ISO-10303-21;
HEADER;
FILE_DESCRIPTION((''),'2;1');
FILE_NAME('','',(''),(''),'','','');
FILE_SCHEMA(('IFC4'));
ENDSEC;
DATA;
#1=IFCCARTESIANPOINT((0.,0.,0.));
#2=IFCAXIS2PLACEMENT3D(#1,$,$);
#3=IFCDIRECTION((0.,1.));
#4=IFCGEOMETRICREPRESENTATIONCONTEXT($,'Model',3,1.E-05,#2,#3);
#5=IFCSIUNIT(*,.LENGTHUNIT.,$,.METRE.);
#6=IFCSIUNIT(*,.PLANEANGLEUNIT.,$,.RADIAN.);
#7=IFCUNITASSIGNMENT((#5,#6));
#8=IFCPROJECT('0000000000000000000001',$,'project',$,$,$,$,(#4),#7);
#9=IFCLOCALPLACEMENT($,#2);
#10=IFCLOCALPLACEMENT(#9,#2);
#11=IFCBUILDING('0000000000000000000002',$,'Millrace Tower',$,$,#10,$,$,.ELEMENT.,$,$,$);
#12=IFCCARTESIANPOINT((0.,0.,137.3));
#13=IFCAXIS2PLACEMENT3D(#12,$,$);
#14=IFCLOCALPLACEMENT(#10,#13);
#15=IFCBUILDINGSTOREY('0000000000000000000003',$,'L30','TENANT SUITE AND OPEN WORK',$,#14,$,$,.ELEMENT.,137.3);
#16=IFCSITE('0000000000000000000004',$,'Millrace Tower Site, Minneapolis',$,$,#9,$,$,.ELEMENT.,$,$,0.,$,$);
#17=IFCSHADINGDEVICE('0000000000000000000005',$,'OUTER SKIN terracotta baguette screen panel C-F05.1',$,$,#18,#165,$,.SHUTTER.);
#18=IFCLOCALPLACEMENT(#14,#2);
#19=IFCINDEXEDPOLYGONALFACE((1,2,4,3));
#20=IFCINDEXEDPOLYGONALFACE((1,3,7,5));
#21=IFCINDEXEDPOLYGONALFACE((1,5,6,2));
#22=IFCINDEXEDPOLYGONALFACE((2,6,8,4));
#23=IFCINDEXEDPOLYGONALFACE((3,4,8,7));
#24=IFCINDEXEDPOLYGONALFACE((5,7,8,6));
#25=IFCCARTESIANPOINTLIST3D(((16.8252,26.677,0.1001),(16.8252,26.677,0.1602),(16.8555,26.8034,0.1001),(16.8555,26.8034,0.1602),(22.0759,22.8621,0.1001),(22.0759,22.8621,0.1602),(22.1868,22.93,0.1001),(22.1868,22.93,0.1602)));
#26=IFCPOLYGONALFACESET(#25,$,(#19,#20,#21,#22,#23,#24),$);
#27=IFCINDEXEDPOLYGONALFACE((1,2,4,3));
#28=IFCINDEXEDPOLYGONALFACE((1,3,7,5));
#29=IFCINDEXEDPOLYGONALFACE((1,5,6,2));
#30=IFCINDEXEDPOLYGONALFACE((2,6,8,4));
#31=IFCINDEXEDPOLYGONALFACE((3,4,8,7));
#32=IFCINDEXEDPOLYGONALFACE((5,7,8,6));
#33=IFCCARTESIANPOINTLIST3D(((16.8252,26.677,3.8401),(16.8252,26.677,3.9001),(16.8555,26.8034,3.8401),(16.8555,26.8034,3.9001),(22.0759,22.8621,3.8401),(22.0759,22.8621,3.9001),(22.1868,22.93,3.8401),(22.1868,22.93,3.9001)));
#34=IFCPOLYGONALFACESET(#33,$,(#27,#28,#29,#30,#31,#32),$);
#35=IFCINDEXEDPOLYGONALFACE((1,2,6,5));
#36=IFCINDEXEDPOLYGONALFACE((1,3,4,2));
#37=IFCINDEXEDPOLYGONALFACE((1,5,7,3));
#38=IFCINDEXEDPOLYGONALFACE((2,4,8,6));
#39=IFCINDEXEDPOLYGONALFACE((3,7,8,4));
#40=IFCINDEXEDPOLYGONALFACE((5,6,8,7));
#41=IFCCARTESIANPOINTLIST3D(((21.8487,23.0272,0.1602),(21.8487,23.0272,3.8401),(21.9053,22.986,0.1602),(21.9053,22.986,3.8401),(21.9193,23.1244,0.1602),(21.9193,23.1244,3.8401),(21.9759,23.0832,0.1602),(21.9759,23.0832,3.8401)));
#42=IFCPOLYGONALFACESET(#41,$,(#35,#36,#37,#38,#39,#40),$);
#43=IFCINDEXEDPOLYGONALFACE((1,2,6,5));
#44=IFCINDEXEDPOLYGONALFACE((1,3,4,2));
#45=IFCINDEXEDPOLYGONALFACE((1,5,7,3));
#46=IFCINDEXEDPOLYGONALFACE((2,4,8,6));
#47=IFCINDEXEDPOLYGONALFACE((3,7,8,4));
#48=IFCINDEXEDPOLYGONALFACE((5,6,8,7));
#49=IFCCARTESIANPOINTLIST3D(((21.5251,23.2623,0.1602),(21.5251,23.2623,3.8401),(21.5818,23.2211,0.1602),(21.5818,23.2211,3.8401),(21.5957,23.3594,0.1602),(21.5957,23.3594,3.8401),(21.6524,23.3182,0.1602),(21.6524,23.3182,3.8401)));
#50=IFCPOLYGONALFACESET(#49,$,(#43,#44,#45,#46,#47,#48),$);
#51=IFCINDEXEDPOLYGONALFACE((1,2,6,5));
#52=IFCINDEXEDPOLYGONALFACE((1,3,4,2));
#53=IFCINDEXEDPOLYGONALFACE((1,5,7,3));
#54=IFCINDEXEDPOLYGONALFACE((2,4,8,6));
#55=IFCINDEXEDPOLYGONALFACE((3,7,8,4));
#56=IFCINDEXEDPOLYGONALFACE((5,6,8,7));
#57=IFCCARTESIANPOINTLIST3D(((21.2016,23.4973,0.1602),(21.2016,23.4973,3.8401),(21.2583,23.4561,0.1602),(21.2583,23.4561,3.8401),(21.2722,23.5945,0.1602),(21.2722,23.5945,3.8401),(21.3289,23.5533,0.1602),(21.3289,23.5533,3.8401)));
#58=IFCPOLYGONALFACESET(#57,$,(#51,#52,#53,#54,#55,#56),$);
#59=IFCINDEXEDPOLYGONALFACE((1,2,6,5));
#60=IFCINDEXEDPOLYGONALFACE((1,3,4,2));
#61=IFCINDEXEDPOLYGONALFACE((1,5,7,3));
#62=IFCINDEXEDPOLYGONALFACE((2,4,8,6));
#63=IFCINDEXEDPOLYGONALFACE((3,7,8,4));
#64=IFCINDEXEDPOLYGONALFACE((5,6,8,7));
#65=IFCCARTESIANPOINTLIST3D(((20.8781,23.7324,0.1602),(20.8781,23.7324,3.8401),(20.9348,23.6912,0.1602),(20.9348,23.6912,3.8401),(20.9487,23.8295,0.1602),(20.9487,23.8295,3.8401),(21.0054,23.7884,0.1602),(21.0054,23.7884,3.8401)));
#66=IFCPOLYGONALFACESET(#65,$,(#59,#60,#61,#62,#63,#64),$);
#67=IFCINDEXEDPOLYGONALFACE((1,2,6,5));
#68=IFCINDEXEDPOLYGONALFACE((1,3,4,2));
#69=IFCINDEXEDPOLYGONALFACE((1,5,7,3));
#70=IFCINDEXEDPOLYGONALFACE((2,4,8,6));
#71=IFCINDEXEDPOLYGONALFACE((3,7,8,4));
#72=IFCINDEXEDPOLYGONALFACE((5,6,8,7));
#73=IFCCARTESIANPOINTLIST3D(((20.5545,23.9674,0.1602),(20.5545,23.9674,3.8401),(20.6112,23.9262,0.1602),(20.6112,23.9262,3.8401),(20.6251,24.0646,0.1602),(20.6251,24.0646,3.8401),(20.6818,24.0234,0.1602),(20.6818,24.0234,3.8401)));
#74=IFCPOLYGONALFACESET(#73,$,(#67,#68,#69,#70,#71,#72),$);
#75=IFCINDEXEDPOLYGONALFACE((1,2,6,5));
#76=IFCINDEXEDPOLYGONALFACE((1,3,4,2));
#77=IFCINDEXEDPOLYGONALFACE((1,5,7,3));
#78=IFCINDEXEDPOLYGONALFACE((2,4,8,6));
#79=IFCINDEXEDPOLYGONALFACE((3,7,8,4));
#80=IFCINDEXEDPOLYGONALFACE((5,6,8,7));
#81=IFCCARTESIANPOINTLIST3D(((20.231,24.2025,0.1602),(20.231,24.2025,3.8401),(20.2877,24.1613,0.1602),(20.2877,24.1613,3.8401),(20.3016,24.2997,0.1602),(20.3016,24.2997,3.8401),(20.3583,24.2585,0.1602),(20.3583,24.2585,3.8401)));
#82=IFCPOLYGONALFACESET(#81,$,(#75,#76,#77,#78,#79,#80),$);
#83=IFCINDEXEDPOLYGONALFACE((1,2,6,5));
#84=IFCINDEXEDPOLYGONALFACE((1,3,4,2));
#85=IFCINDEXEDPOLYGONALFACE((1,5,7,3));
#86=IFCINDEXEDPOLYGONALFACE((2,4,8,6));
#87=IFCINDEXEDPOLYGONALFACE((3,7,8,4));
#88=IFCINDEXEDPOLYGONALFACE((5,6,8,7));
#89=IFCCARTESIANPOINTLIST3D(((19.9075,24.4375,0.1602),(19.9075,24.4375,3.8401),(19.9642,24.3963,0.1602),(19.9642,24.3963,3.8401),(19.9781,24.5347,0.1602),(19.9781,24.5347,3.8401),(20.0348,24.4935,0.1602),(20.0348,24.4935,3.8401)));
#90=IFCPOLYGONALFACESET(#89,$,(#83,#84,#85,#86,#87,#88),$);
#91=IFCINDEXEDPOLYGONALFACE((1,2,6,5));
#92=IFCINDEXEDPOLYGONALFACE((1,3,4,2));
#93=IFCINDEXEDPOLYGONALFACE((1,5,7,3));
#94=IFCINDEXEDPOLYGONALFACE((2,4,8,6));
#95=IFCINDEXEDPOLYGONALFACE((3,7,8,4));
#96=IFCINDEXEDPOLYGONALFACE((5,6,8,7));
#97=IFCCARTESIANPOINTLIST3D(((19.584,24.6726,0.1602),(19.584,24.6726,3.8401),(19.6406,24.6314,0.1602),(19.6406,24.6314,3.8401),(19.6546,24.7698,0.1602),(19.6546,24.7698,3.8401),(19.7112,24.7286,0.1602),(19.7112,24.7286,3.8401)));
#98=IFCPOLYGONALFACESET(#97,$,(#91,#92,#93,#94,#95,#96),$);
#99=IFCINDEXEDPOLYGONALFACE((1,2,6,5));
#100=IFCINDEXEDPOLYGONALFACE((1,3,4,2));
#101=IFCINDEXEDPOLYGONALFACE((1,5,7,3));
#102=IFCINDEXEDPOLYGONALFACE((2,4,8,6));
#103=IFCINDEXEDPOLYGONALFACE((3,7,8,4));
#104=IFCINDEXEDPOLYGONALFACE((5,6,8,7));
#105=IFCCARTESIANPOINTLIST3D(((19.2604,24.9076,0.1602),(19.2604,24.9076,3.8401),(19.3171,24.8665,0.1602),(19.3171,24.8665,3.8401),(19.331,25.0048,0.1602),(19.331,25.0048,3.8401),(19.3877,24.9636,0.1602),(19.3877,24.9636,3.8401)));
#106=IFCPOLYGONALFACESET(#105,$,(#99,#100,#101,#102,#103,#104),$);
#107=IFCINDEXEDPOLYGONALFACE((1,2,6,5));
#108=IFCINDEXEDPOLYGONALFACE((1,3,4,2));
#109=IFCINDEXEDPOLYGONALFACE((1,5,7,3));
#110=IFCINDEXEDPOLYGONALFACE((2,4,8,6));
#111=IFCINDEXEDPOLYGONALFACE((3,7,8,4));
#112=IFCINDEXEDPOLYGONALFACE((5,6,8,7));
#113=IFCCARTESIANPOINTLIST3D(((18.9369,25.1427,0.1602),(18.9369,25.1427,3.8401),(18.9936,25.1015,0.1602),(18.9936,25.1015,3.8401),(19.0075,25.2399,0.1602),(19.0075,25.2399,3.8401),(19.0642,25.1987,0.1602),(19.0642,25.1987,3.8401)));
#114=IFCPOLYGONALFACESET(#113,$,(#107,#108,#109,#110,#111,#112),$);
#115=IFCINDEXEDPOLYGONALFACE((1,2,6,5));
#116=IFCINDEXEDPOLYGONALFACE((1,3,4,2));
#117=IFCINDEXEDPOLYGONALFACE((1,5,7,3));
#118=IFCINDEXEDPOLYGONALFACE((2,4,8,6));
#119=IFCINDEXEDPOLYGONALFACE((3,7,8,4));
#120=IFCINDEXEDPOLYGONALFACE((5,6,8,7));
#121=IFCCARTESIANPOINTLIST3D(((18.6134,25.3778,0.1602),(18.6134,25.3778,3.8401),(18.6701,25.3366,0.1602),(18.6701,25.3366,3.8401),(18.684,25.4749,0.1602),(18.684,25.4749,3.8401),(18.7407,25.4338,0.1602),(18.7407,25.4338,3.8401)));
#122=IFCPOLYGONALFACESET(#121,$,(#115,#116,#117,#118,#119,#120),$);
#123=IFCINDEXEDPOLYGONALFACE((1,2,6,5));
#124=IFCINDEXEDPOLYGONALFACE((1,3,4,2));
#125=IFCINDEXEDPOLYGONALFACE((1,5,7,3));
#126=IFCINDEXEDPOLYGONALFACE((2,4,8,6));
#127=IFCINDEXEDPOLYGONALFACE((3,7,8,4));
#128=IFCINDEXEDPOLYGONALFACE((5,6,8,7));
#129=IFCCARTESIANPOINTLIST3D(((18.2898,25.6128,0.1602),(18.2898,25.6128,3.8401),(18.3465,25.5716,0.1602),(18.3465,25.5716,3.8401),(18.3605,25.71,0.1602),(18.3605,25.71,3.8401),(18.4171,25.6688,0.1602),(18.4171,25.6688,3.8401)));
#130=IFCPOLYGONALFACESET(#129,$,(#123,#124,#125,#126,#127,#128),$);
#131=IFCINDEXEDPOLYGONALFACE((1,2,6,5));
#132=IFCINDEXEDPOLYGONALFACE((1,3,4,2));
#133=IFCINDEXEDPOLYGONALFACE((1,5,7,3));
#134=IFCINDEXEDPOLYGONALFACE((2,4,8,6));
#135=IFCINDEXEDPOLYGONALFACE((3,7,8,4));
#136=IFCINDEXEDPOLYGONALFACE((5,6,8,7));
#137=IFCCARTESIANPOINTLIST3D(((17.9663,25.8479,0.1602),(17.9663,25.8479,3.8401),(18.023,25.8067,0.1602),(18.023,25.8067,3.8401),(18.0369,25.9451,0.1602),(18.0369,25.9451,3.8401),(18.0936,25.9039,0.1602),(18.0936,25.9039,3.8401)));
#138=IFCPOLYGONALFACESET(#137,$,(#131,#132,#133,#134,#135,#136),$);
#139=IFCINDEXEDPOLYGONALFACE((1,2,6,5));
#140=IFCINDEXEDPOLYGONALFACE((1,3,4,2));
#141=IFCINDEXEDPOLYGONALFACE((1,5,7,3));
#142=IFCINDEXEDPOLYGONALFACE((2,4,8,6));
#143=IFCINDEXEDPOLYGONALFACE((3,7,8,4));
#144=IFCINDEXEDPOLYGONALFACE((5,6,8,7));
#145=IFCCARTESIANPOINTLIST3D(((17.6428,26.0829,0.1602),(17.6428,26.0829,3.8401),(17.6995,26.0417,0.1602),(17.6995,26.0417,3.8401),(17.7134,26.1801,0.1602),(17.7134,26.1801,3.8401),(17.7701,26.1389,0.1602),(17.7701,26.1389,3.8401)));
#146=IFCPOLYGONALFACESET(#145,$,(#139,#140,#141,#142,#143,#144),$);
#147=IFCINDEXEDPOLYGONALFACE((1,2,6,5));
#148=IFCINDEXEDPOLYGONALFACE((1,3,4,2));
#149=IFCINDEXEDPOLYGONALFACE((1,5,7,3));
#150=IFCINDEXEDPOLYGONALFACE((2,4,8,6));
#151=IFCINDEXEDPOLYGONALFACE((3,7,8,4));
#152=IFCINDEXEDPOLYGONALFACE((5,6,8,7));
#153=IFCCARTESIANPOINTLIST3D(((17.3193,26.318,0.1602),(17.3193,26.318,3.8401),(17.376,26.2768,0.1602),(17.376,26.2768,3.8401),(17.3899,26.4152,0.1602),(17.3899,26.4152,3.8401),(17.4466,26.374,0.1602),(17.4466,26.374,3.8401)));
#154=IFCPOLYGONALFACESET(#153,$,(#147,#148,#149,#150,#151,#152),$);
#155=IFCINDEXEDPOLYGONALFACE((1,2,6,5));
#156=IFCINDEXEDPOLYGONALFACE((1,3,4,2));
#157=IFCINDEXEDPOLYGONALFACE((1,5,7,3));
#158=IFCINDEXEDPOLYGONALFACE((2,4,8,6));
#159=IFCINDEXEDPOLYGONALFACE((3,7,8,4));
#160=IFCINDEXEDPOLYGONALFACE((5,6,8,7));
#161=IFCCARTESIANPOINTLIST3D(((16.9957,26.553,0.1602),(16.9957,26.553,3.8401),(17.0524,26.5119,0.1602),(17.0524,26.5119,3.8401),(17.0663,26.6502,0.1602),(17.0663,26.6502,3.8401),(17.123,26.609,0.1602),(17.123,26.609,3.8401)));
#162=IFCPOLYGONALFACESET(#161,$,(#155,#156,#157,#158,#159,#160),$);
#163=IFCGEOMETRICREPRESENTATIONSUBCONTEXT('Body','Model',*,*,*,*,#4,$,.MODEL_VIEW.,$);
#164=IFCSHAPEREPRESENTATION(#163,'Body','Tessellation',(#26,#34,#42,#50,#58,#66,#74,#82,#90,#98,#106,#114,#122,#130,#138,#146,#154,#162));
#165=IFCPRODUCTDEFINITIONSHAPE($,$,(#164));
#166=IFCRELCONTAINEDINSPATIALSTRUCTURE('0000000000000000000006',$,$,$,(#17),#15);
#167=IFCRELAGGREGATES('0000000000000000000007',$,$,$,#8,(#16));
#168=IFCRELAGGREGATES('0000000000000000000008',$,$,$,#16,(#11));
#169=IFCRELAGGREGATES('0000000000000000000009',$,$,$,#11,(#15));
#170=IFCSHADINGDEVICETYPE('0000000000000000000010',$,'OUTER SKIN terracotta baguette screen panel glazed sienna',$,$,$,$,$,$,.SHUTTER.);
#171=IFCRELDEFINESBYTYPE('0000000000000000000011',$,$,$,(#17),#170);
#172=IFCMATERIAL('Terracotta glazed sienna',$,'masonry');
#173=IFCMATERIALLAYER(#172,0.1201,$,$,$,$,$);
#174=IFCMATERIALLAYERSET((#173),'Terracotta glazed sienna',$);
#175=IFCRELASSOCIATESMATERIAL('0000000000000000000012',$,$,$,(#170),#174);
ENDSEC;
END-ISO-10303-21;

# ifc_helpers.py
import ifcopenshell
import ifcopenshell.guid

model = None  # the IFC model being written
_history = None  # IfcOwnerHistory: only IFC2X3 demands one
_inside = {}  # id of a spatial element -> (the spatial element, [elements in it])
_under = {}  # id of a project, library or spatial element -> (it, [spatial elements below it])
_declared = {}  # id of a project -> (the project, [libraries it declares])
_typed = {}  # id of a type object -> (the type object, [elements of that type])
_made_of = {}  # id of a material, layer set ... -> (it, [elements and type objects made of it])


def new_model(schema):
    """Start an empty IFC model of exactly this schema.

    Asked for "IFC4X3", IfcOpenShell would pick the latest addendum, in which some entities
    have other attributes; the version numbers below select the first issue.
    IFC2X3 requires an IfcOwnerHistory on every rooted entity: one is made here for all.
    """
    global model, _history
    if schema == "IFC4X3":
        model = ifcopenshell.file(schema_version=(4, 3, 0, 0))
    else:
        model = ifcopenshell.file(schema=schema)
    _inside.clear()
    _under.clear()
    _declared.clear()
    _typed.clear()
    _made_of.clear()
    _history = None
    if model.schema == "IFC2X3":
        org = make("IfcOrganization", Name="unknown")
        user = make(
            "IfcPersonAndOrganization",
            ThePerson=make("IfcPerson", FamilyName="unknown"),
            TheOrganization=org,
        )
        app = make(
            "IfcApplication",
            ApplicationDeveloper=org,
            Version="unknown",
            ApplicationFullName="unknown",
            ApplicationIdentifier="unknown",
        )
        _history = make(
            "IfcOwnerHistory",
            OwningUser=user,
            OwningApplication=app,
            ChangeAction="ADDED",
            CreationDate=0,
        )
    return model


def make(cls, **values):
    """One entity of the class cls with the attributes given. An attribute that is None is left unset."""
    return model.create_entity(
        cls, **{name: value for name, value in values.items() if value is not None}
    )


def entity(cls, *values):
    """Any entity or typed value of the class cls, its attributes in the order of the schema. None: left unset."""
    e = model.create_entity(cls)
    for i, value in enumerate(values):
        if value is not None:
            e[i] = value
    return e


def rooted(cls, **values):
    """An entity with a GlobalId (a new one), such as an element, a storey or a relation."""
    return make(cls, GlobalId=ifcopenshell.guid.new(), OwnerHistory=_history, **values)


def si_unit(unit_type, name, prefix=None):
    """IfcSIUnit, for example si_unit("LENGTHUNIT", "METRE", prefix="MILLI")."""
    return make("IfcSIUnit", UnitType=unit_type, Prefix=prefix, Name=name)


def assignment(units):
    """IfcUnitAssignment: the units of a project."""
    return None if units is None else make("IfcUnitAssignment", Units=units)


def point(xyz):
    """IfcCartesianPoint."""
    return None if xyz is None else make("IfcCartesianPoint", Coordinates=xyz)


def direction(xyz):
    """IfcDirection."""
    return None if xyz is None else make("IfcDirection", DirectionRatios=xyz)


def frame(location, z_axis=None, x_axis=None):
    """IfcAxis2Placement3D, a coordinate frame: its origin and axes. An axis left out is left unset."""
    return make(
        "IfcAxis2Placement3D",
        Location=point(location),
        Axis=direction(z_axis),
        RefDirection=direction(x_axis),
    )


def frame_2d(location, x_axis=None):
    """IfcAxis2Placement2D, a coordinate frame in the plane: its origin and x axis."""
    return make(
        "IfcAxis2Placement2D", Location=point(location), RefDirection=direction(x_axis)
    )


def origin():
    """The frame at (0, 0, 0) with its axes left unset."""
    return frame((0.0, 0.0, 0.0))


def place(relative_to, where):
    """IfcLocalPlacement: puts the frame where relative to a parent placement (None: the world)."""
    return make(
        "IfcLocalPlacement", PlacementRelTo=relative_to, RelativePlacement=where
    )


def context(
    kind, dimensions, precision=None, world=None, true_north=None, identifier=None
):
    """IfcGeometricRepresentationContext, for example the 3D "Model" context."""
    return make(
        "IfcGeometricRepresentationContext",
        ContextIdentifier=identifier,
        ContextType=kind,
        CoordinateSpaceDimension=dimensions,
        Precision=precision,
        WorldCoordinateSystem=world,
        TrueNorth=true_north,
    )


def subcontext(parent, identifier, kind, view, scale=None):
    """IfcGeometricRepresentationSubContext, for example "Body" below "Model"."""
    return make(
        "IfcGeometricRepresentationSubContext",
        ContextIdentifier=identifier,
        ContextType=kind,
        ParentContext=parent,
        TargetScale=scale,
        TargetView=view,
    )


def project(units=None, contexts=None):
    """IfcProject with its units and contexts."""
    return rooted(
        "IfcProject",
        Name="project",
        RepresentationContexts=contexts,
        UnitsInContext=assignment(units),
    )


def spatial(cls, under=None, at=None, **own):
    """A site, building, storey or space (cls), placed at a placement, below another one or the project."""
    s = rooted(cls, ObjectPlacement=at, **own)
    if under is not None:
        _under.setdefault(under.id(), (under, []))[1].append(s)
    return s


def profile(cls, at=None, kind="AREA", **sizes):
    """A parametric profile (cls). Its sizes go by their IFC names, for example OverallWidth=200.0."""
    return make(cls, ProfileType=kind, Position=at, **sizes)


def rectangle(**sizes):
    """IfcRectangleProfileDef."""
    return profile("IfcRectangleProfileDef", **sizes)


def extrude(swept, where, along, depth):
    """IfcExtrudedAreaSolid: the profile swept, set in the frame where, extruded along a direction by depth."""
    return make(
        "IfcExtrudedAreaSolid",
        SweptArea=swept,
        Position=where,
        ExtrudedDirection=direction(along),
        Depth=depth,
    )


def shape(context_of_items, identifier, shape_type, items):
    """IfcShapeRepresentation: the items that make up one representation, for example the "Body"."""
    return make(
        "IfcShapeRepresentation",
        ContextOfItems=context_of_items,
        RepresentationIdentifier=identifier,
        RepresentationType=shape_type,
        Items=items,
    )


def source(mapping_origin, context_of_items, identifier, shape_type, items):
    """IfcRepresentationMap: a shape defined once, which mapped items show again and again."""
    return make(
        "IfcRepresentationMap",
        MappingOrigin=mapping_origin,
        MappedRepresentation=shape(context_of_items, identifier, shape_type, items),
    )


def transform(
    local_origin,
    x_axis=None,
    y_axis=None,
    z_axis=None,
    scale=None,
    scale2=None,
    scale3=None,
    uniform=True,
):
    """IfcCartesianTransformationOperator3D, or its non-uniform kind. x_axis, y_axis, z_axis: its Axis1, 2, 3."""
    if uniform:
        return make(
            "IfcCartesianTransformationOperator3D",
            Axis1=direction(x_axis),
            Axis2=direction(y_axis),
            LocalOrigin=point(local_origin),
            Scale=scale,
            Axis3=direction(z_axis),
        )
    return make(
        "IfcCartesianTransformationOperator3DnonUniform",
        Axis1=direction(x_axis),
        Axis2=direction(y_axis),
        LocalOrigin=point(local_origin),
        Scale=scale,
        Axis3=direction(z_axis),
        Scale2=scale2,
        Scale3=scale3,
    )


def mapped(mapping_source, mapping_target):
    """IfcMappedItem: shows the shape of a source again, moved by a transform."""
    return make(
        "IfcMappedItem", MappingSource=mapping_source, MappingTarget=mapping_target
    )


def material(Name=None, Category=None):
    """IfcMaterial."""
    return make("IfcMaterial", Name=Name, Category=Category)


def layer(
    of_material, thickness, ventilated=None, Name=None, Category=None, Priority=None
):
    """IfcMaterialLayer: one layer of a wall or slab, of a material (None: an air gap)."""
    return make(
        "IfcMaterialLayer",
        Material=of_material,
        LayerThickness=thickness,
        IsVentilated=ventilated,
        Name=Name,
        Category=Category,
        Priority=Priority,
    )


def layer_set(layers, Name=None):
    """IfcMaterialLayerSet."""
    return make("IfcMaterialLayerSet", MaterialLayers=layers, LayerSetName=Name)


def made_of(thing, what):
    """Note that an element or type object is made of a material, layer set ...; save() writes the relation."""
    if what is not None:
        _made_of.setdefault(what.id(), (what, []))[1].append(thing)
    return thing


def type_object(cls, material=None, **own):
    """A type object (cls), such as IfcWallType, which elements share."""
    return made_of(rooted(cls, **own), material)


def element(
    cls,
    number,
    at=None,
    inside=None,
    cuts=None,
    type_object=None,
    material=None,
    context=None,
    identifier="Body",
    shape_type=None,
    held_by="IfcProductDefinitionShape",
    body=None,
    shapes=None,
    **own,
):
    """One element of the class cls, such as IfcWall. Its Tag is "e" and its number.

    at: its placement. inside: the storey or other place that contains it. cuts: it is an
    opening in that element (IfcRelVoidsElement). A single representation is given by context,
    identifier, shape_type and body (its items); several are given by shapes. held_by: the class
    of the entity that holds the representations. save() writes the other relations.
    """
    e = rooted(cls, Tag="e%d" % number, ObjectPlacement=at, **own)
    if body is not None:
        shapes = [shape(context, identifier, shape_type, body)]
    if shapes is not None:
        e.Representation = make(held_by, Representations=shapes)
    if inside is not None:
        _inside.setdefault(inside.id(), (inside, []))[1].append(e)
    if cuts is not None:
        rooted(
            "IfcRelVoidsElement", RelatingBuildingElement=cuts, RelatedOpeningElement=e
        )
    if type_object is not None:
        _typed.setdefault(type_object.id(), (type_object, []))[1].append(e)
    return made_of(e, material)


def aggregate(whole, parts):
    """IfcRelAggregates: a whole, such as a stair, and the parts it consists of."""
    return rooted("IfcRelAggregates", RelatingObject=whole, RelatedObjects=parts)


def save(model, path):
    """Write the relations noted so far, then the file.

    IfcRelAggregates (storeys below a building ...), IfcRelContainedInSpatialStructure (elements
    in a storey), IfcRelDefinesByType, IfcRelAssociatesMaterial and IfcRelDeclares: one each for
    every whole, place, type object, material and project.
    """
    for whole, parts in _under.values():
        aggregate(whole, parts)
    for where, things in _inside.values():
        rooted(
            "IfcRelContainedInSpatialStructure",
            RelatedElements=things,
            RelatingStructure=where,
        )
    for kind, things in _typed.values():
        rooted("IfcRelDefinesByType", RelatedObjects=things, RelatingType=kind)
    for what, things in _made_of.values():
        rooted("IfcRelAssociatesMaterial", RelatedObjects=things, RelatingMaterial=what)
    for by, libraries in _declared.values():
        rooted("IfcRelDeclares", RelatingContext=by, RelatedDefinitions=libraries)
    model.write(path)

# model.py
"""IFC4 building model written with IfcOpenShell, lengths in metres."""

from ifc_helpers import new_model, entity, si_unit, direction, frame, frame_2d, origin, place, context, subcontext, project, spatial, rectangle, extrude, source, transform, mapped, material, layer, layer_set, type_object, element, save


model = new_model("IFC4")

# Units and contexts
model_context = context("Model", 3, precision=1e-05, world=origin(), true_north=direction((0.0, 1.0)))
body_context = subcontext(model_context, "Body", "Model", "MODEL_VIEW")
ifc_project = project(units=[si_unit("LENGTHUNIT", "METRE"), si_unit("PLANEANGLEUNIT", "RADIAN")], contexts=[model_context])

# Site, building, storey
site_placement = place(None, origin())
site = spatial("IfcSite", under=ifc_project, at=site_placement, Name="Millrace Tower Site, Minneapolis", CompositionType="ELEMENT", RefElevation=0.0)
building_placement = place(site_placement, origin())
building = spatial("IfcBuilding", under=site, at=building_placement, Name="Millrace Tower", CompositionType="ELEMENT")
storey_placement = place(building_placement, frame((0.0, 0.0, 137.3)))
storey = spatial("IfcBuildingStorey", under=building, at=storey_placement, Name="L30", Description="TENANT SUITE AND OPEN WORK", CompositionType="ELEMENT", Elevation=137.3)

# Shading device
ifc_material_1 = material(Name="Terracotta glazed sienna", Category="masonry")
ifc_layer_1 = layer(ifc_material_1, 0.1201)
ifc_layer_set_1 = layer_set([ifc_layer_1], Name="Terracotta glazed sienna")
shading_device_type = type_object("IfcShadingDeviceType", Name="OUTER SKIN terracotta baguette screen panel glazed sienna", PredefinedType="SHUTTER", material=ifc_layer_set_1)
cartesian_point_1 = entity("IfcCartesianPoint", [-3.2451, 0.0601])
shared_polyline_1 = entity("IfcPolyline", [cartesian_point_1, entity("IfcCartesianPoint", [3.2451, 0.0601]), entity("IfcCartesianPoint", [3.2949, -0.0601]), entity("IfcCartesianPoint", [-3.2949, -0.0601]), cartesian_point_1])
shared_shape_1 = source(origin(), body_context, "Body", "SweptSolid", [
    entity("IfcExtrudedAreaSolid", entity("IfcArbitraryClosedProfileDef", "AREA", None, shared_polyline_1), entity("IfcAxis2Placement3D", entity("IfcCartesianPoint", [0.0, 0.0, 0.0])), entity("IfcDirection", [0.0, 0.0, 1.0]), 0.0601),
    entity("IfcExtrudedAreaSolid", entity("IfcArbitraryClosedProfileDef", "AREA", None, shared_polyline_1), entity("IfcAxis2Placement3D", entity("IfcCartesianPoint", [0.0, 0.0, 3.74])), entity("IfcDirection", [0.0, 0.0, 1.0]), 0.0601),
    extrude(rectangle(XDim=0.0701, YDim=0.1201, at=frame_2d((-2.9993, 0.0))), frame((0.0, 0.0, 0.0601)), (0.0, 0.0, 1.0), 3.6799),
    extrude(rectangle(XDim=0.0701, YDim=0.1201, at=frame_2d((-2.5994, 0.0))), frame((0.0, 0.0, 0.0601)), (0.0, 0.0, 1.0), 3.6799),
    extrude(rectangle(XDim=0.0701, YDim=0.1201, at=frame_2d((-2.1995, 0.0))), frame((0.0, 0.0, 0.0601)), (0.0, 0.0, 1.0), 3.6799),
    extrude(rectangle(XDim=0.0701, YDim=0.1201, at=frame_2d((-1.7996, 0.0))), frame((0.0, 0.0, 0.0601)), (0.0, 0.0, 1.0), 3.6799),
    extrude(rectangle(XDim=0.0701, YDim=0.1201, at=frame_2d((-1.3997, 0.0))), frame((0.0, 0.0, 0.0601)), (0.0, 0.0, 1.0), 3.6799),
    extrude(rectangle(XDim=0.0701, YDim=0.1201, at=frame_2d((-0.9998, 0.0))), frame((0.0, 0.0, 0.0601)), (0.0, 0.0, 1.0), 3.6799),
    extrude(rectangle(XDim=0.0701, YDim=0.1201, at=frame_2d((-0.5999, 0.0))), frame((0.0, 0.0, 0.0601)), (0.0, 0.0, 1.0), 3.6799),
    extrude(rectangle(XDim=0.0701, YDim=0.1201, at=frame_2d((-0.2, 0.0))), frame((0.0, 0.0, 0.0601)), (0.0, 0.0, 1.0), 3.6799),
    extrude(rectangle(XDim=0.0701, YDim=0.1201, at=frame_2d((0.2, 0.0))), frame((0.0, 0.0, 0.0601)), (0.0, 0.0, 1.0), 3.6799),
    extrude(rectangle(XDim=0.0701, YDim=0.1201, at=frame_2d((0.5999, 0.0))), frame((0.0, 0.0, 0.0601)), (0.0, 0.0, 1.0), 3.6799),
    extrude(rectangle(XDim=0.0701, YDim=0.1201, at=frame_2d((0.9998, 0.0))), frame((0.0, 0.0, 0.0601)), (0.0, 0.0, 1.0), 3.6799),
    extrude(rectangle(XDim=0.0701, YDim=0.1201, at=frame_2d((1.3997, 0.0))), frame((0.0, 0.0, 0.0601)), (0.0, 0.0, 1.0), 3.6799),
    extrude(rectangle(XDim=0.0701, YDim=0.1201, at=frame_2d((1.7996, 0.0))), frame((0.0, 0.0, 0.0601)), (0.0, 0.0, 1.0), 3.6799),
    extrude(rectangle(XDim=0.0701, YDim=0.1201, at=frame_2d((2.1995, 0.0))), frame((0.0, 0.0, 0.0601)), (0.0, 0.0, 1.0), 3.6799),
    extrude(rectangle(XDim=0.0701, YDim=0.1201, at=frame_2d((2.5994, 0.0))), frame((0.0, 0.0, 0.0601)), (0.0, 0.0, 1.0), 3.6799),
    extrude(rectangle(XDim=0.0701, YDim=0.1201, at=frame_2d((2.9993, 0.0))), frame((0.0, 0.0, 0.0601)), (0.0, 0.0, 1.0), 3.6799),
])
shading_device_1_placement = place(storey_placement, frame((19.4858, 24.8181, 0.1001), z_axis=(0.0, 0.0, 1.0), x_axis=(-0.809017, 0.587785, 0.0)))
element("IfcShadingDevice", 1, at=shading_device_1_placement, inside=storey, type_object=shading_device_type, Name="OUTER SKIN terracotta baguette screen panel C-F05.1", PredefinedType="SHUTTER", context=body_context, shape_type="MappedRepresentation", body=[
    mapped(shared_shape_1, transform((0.0, 0.0, 0.0), scale=1.0)),
])

save(model, "model.ifc")
